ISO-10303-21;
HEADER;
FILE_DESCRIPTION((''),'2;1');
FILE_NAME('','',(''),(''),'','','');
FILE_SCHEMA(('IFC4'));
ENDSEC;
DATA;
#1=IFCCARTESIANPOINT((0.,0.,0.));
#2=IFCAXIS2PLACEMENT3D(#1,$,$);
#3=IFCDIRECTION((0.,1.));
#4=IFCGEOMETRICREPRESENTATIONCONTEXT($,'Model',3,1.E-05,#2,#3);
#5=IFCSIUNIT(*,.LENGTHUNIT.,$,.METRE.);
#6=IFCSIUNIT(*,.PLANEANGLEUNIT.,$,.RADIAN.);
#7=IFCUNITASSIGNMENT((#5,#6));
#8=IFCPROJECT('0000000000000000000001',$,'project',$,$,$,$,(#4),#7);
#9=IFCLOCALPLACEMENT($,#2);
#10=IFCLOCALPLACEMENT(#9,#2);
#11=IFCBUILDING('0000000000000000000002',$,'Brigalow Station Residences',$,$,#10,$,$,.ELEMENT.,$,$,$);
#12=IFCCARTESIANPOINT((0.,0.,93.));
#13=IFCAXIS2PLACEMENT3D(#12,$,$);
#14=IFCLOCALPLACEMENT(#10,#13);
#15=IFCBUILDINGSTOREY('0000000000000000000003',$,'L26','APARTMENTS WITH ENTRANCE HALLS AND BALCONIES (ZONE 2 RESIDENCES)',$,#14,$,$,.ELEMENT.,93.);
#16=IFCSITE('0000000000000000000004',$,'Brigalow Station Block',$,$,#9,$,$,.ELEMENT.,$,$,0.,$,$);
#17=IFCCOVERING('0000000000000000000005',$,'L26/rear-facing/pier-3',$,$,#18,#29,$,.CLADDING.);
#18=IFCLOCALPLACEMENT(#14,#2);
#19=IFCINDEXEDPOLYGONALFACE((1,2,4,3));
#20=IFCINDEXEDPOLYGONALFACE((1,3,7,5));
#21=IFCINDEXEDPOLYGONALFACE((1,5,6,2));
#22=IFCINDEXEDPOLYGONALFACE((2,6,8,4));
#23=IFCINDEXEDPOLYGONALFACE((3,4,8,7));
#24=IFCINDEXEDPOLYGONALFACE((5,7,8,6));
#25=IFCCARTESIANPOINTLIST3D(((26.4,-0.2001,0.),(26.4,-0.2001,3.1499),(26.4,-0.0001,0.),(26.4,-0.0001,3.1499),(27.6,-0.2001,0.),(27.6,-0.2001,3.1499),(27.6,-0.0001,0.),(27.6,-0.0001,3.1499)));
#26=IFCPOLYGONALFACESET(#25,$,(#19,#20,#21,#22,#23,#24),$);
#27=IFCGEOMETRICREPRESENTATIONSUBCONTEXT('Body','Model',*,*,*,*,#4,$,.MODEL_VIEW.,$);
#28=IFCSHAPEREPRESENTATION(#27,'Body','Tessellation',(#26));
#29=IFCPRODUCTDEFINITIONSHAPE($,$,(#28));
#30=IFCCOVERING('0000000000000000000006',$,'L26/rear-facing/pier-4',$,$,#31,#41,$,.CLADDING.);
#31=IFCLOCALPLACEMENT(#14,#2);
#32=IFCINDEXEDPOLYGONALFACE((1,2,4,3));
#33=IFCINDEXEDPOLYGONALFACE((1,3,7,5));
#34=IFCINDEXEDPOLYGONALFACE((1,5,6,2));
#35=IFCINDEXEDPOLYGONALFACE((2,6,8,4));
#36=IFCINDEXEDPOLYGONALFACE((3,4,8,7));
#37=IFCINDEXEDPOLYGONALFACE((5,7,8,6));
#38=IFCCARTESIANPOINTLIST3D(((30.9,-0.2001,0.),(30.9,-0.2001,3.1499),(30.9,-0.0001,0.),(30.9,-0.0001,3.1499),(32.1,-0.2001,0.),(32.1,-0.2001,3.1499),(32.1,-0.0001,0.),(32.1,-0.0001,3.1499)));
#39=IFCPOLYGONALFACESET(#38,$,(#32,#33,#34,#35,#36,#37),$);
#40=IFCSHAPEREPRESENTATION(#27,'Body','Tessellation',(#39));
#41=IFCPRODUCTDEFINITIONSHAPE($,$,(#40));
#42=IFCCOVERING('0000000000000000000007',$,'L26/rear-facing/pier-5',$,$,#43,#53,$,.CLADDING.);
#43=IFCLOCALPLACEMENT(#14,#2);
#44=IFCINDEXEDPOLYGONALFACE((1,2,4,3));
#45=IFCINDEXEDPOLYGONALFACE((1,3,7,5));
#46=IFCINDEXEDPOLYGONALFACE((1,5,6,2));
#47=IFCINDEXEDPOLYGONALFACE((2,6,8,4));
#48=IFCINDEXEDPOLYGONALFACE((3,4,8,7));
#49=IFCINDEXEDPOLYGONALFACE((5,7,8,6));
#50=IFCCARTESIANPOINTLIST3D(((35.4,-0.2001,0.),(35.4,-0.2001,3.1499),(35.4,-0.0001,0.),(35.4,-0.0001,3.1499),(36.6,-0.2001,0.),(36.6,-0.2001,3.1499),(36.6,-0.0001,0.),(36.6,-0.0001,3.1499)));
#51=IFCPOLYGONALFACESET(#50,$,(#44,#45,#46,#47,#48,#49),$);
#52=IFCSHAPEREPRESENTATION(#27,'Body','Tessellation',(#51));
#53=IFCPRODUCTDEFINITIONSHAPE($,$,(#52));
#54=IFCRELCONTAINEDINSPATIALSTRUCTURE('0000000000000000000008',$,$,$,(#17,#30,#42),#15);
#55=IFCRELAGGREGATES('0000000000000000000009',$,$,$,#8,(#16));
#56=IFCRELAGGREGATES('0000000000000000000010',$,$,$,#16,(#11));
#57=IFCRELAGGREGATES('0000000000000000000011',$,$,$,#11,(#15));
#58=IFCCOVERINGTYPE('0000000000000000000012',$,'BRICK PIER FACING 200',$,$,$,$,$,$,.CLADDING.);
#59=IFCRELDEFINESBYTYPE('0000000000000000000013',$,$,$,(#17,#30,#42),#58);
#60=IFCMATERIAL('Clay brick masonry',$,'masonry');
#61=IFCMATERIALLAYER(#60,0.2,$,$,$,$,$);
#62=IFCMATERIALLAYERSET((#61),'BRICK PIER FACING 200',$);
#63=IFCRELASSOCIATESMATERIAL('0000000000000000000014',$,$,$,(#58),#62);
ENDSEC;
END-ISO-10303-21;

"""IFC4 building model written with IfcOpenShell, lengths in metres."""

from ifc_helpers import new_model, si_unit, direction, frame, origin, origin_2d, place, context, subcontext, project, spatial, rectangle, extrude, material, layer, layer_set, type_object, element, save


model = new_model("IFC4")

# Units and contexts
model_context = context("Model", 3, precision=1e-05, world=origin(), true_north=direction((0.0, 1.0)))
body_context = subcontext(model_context, "Body", "Model", "MODEL_VIEW")
ifc_project = project(units=[si_unit("LENGTHUNIT", "METRE"), si_unit("PLANEANGLEUNIT", "RADIAN")], contexts=[model_context])

# Site, building, storey
site_placement = place(None, origin())
site = spatial("IfcSite", under=ifc_project, at=site_placement, Name="Brigalow Station Block", CompositionType="ELEMENT", RefElevation=0.0)
building_placement = place(site_placement, origin())
building = spatial("IfcBuilding", under=site, at=building_placement, Name="Brigalow Station Residences", CompositionType="ELEMENT")
storey_placement = place(building_placement, frame((0.0, 0.0, 93.0)))
storey = spatial("IfcBuildingStorey", under=building, at=storey_placement, Name="L26", Description="APARTMENTS WITH ENTRANCE HALLS AND BALCONIES (ZONE 2 RESIDENCES)", CompositionType="ELEMENT", Elevation=93.0)

# Coverings
ifc_material_1 = material(Name="Clay brick masonry", Category="masonry")
ifc_layer_1 = layer(ifc_material_1, 0.2)
ifc_layer_set_1 = layer_set([ifc_layer_1], Name="BRICK PIER FACING 200")
covering_type_1 = type_object("IfcCoveringType", Name="BRICK PIER FACING 200", PredefinedType="CLADDING", material=ifc_layer_set_1)
for number, where, z_axis, x_axis, name in (
    (1, (27.0, -0.1001, 0.0), (0.0, 0.0, 1.0), (1.0, 0.0, 0.0), "L26/rear-facing/pier-3"),
    (2, (31.5, -0.1001, 0.0), (0.0, 0.0, 1.0), (1.0, 0.0, 0.0), "L26/rear-facing/pier-4"),
    (3, (36.0, -0.1001, 0.0), (0.0, 0.0, 1.0), (1.0, 0.0, 0.0), "L26/rear-facing/pier-5"),
):
    element("IfcCovering", number, at=place(storey_placement, frame(where, z_axis=z_axis, x_axis=x_axis)), inside=storey, type_object=covering_type_1, Name=name, PredefinedType="CLADDING", context=body_context, shape_type="SweptSolid", body=[
        extrude(rectangle(XDim=1.2, YDim=0.2, at=origin_2d()), origin(), (0.0, 0.0, 1.0), 3.1499),
    ])

save(model, "model.ifc")
